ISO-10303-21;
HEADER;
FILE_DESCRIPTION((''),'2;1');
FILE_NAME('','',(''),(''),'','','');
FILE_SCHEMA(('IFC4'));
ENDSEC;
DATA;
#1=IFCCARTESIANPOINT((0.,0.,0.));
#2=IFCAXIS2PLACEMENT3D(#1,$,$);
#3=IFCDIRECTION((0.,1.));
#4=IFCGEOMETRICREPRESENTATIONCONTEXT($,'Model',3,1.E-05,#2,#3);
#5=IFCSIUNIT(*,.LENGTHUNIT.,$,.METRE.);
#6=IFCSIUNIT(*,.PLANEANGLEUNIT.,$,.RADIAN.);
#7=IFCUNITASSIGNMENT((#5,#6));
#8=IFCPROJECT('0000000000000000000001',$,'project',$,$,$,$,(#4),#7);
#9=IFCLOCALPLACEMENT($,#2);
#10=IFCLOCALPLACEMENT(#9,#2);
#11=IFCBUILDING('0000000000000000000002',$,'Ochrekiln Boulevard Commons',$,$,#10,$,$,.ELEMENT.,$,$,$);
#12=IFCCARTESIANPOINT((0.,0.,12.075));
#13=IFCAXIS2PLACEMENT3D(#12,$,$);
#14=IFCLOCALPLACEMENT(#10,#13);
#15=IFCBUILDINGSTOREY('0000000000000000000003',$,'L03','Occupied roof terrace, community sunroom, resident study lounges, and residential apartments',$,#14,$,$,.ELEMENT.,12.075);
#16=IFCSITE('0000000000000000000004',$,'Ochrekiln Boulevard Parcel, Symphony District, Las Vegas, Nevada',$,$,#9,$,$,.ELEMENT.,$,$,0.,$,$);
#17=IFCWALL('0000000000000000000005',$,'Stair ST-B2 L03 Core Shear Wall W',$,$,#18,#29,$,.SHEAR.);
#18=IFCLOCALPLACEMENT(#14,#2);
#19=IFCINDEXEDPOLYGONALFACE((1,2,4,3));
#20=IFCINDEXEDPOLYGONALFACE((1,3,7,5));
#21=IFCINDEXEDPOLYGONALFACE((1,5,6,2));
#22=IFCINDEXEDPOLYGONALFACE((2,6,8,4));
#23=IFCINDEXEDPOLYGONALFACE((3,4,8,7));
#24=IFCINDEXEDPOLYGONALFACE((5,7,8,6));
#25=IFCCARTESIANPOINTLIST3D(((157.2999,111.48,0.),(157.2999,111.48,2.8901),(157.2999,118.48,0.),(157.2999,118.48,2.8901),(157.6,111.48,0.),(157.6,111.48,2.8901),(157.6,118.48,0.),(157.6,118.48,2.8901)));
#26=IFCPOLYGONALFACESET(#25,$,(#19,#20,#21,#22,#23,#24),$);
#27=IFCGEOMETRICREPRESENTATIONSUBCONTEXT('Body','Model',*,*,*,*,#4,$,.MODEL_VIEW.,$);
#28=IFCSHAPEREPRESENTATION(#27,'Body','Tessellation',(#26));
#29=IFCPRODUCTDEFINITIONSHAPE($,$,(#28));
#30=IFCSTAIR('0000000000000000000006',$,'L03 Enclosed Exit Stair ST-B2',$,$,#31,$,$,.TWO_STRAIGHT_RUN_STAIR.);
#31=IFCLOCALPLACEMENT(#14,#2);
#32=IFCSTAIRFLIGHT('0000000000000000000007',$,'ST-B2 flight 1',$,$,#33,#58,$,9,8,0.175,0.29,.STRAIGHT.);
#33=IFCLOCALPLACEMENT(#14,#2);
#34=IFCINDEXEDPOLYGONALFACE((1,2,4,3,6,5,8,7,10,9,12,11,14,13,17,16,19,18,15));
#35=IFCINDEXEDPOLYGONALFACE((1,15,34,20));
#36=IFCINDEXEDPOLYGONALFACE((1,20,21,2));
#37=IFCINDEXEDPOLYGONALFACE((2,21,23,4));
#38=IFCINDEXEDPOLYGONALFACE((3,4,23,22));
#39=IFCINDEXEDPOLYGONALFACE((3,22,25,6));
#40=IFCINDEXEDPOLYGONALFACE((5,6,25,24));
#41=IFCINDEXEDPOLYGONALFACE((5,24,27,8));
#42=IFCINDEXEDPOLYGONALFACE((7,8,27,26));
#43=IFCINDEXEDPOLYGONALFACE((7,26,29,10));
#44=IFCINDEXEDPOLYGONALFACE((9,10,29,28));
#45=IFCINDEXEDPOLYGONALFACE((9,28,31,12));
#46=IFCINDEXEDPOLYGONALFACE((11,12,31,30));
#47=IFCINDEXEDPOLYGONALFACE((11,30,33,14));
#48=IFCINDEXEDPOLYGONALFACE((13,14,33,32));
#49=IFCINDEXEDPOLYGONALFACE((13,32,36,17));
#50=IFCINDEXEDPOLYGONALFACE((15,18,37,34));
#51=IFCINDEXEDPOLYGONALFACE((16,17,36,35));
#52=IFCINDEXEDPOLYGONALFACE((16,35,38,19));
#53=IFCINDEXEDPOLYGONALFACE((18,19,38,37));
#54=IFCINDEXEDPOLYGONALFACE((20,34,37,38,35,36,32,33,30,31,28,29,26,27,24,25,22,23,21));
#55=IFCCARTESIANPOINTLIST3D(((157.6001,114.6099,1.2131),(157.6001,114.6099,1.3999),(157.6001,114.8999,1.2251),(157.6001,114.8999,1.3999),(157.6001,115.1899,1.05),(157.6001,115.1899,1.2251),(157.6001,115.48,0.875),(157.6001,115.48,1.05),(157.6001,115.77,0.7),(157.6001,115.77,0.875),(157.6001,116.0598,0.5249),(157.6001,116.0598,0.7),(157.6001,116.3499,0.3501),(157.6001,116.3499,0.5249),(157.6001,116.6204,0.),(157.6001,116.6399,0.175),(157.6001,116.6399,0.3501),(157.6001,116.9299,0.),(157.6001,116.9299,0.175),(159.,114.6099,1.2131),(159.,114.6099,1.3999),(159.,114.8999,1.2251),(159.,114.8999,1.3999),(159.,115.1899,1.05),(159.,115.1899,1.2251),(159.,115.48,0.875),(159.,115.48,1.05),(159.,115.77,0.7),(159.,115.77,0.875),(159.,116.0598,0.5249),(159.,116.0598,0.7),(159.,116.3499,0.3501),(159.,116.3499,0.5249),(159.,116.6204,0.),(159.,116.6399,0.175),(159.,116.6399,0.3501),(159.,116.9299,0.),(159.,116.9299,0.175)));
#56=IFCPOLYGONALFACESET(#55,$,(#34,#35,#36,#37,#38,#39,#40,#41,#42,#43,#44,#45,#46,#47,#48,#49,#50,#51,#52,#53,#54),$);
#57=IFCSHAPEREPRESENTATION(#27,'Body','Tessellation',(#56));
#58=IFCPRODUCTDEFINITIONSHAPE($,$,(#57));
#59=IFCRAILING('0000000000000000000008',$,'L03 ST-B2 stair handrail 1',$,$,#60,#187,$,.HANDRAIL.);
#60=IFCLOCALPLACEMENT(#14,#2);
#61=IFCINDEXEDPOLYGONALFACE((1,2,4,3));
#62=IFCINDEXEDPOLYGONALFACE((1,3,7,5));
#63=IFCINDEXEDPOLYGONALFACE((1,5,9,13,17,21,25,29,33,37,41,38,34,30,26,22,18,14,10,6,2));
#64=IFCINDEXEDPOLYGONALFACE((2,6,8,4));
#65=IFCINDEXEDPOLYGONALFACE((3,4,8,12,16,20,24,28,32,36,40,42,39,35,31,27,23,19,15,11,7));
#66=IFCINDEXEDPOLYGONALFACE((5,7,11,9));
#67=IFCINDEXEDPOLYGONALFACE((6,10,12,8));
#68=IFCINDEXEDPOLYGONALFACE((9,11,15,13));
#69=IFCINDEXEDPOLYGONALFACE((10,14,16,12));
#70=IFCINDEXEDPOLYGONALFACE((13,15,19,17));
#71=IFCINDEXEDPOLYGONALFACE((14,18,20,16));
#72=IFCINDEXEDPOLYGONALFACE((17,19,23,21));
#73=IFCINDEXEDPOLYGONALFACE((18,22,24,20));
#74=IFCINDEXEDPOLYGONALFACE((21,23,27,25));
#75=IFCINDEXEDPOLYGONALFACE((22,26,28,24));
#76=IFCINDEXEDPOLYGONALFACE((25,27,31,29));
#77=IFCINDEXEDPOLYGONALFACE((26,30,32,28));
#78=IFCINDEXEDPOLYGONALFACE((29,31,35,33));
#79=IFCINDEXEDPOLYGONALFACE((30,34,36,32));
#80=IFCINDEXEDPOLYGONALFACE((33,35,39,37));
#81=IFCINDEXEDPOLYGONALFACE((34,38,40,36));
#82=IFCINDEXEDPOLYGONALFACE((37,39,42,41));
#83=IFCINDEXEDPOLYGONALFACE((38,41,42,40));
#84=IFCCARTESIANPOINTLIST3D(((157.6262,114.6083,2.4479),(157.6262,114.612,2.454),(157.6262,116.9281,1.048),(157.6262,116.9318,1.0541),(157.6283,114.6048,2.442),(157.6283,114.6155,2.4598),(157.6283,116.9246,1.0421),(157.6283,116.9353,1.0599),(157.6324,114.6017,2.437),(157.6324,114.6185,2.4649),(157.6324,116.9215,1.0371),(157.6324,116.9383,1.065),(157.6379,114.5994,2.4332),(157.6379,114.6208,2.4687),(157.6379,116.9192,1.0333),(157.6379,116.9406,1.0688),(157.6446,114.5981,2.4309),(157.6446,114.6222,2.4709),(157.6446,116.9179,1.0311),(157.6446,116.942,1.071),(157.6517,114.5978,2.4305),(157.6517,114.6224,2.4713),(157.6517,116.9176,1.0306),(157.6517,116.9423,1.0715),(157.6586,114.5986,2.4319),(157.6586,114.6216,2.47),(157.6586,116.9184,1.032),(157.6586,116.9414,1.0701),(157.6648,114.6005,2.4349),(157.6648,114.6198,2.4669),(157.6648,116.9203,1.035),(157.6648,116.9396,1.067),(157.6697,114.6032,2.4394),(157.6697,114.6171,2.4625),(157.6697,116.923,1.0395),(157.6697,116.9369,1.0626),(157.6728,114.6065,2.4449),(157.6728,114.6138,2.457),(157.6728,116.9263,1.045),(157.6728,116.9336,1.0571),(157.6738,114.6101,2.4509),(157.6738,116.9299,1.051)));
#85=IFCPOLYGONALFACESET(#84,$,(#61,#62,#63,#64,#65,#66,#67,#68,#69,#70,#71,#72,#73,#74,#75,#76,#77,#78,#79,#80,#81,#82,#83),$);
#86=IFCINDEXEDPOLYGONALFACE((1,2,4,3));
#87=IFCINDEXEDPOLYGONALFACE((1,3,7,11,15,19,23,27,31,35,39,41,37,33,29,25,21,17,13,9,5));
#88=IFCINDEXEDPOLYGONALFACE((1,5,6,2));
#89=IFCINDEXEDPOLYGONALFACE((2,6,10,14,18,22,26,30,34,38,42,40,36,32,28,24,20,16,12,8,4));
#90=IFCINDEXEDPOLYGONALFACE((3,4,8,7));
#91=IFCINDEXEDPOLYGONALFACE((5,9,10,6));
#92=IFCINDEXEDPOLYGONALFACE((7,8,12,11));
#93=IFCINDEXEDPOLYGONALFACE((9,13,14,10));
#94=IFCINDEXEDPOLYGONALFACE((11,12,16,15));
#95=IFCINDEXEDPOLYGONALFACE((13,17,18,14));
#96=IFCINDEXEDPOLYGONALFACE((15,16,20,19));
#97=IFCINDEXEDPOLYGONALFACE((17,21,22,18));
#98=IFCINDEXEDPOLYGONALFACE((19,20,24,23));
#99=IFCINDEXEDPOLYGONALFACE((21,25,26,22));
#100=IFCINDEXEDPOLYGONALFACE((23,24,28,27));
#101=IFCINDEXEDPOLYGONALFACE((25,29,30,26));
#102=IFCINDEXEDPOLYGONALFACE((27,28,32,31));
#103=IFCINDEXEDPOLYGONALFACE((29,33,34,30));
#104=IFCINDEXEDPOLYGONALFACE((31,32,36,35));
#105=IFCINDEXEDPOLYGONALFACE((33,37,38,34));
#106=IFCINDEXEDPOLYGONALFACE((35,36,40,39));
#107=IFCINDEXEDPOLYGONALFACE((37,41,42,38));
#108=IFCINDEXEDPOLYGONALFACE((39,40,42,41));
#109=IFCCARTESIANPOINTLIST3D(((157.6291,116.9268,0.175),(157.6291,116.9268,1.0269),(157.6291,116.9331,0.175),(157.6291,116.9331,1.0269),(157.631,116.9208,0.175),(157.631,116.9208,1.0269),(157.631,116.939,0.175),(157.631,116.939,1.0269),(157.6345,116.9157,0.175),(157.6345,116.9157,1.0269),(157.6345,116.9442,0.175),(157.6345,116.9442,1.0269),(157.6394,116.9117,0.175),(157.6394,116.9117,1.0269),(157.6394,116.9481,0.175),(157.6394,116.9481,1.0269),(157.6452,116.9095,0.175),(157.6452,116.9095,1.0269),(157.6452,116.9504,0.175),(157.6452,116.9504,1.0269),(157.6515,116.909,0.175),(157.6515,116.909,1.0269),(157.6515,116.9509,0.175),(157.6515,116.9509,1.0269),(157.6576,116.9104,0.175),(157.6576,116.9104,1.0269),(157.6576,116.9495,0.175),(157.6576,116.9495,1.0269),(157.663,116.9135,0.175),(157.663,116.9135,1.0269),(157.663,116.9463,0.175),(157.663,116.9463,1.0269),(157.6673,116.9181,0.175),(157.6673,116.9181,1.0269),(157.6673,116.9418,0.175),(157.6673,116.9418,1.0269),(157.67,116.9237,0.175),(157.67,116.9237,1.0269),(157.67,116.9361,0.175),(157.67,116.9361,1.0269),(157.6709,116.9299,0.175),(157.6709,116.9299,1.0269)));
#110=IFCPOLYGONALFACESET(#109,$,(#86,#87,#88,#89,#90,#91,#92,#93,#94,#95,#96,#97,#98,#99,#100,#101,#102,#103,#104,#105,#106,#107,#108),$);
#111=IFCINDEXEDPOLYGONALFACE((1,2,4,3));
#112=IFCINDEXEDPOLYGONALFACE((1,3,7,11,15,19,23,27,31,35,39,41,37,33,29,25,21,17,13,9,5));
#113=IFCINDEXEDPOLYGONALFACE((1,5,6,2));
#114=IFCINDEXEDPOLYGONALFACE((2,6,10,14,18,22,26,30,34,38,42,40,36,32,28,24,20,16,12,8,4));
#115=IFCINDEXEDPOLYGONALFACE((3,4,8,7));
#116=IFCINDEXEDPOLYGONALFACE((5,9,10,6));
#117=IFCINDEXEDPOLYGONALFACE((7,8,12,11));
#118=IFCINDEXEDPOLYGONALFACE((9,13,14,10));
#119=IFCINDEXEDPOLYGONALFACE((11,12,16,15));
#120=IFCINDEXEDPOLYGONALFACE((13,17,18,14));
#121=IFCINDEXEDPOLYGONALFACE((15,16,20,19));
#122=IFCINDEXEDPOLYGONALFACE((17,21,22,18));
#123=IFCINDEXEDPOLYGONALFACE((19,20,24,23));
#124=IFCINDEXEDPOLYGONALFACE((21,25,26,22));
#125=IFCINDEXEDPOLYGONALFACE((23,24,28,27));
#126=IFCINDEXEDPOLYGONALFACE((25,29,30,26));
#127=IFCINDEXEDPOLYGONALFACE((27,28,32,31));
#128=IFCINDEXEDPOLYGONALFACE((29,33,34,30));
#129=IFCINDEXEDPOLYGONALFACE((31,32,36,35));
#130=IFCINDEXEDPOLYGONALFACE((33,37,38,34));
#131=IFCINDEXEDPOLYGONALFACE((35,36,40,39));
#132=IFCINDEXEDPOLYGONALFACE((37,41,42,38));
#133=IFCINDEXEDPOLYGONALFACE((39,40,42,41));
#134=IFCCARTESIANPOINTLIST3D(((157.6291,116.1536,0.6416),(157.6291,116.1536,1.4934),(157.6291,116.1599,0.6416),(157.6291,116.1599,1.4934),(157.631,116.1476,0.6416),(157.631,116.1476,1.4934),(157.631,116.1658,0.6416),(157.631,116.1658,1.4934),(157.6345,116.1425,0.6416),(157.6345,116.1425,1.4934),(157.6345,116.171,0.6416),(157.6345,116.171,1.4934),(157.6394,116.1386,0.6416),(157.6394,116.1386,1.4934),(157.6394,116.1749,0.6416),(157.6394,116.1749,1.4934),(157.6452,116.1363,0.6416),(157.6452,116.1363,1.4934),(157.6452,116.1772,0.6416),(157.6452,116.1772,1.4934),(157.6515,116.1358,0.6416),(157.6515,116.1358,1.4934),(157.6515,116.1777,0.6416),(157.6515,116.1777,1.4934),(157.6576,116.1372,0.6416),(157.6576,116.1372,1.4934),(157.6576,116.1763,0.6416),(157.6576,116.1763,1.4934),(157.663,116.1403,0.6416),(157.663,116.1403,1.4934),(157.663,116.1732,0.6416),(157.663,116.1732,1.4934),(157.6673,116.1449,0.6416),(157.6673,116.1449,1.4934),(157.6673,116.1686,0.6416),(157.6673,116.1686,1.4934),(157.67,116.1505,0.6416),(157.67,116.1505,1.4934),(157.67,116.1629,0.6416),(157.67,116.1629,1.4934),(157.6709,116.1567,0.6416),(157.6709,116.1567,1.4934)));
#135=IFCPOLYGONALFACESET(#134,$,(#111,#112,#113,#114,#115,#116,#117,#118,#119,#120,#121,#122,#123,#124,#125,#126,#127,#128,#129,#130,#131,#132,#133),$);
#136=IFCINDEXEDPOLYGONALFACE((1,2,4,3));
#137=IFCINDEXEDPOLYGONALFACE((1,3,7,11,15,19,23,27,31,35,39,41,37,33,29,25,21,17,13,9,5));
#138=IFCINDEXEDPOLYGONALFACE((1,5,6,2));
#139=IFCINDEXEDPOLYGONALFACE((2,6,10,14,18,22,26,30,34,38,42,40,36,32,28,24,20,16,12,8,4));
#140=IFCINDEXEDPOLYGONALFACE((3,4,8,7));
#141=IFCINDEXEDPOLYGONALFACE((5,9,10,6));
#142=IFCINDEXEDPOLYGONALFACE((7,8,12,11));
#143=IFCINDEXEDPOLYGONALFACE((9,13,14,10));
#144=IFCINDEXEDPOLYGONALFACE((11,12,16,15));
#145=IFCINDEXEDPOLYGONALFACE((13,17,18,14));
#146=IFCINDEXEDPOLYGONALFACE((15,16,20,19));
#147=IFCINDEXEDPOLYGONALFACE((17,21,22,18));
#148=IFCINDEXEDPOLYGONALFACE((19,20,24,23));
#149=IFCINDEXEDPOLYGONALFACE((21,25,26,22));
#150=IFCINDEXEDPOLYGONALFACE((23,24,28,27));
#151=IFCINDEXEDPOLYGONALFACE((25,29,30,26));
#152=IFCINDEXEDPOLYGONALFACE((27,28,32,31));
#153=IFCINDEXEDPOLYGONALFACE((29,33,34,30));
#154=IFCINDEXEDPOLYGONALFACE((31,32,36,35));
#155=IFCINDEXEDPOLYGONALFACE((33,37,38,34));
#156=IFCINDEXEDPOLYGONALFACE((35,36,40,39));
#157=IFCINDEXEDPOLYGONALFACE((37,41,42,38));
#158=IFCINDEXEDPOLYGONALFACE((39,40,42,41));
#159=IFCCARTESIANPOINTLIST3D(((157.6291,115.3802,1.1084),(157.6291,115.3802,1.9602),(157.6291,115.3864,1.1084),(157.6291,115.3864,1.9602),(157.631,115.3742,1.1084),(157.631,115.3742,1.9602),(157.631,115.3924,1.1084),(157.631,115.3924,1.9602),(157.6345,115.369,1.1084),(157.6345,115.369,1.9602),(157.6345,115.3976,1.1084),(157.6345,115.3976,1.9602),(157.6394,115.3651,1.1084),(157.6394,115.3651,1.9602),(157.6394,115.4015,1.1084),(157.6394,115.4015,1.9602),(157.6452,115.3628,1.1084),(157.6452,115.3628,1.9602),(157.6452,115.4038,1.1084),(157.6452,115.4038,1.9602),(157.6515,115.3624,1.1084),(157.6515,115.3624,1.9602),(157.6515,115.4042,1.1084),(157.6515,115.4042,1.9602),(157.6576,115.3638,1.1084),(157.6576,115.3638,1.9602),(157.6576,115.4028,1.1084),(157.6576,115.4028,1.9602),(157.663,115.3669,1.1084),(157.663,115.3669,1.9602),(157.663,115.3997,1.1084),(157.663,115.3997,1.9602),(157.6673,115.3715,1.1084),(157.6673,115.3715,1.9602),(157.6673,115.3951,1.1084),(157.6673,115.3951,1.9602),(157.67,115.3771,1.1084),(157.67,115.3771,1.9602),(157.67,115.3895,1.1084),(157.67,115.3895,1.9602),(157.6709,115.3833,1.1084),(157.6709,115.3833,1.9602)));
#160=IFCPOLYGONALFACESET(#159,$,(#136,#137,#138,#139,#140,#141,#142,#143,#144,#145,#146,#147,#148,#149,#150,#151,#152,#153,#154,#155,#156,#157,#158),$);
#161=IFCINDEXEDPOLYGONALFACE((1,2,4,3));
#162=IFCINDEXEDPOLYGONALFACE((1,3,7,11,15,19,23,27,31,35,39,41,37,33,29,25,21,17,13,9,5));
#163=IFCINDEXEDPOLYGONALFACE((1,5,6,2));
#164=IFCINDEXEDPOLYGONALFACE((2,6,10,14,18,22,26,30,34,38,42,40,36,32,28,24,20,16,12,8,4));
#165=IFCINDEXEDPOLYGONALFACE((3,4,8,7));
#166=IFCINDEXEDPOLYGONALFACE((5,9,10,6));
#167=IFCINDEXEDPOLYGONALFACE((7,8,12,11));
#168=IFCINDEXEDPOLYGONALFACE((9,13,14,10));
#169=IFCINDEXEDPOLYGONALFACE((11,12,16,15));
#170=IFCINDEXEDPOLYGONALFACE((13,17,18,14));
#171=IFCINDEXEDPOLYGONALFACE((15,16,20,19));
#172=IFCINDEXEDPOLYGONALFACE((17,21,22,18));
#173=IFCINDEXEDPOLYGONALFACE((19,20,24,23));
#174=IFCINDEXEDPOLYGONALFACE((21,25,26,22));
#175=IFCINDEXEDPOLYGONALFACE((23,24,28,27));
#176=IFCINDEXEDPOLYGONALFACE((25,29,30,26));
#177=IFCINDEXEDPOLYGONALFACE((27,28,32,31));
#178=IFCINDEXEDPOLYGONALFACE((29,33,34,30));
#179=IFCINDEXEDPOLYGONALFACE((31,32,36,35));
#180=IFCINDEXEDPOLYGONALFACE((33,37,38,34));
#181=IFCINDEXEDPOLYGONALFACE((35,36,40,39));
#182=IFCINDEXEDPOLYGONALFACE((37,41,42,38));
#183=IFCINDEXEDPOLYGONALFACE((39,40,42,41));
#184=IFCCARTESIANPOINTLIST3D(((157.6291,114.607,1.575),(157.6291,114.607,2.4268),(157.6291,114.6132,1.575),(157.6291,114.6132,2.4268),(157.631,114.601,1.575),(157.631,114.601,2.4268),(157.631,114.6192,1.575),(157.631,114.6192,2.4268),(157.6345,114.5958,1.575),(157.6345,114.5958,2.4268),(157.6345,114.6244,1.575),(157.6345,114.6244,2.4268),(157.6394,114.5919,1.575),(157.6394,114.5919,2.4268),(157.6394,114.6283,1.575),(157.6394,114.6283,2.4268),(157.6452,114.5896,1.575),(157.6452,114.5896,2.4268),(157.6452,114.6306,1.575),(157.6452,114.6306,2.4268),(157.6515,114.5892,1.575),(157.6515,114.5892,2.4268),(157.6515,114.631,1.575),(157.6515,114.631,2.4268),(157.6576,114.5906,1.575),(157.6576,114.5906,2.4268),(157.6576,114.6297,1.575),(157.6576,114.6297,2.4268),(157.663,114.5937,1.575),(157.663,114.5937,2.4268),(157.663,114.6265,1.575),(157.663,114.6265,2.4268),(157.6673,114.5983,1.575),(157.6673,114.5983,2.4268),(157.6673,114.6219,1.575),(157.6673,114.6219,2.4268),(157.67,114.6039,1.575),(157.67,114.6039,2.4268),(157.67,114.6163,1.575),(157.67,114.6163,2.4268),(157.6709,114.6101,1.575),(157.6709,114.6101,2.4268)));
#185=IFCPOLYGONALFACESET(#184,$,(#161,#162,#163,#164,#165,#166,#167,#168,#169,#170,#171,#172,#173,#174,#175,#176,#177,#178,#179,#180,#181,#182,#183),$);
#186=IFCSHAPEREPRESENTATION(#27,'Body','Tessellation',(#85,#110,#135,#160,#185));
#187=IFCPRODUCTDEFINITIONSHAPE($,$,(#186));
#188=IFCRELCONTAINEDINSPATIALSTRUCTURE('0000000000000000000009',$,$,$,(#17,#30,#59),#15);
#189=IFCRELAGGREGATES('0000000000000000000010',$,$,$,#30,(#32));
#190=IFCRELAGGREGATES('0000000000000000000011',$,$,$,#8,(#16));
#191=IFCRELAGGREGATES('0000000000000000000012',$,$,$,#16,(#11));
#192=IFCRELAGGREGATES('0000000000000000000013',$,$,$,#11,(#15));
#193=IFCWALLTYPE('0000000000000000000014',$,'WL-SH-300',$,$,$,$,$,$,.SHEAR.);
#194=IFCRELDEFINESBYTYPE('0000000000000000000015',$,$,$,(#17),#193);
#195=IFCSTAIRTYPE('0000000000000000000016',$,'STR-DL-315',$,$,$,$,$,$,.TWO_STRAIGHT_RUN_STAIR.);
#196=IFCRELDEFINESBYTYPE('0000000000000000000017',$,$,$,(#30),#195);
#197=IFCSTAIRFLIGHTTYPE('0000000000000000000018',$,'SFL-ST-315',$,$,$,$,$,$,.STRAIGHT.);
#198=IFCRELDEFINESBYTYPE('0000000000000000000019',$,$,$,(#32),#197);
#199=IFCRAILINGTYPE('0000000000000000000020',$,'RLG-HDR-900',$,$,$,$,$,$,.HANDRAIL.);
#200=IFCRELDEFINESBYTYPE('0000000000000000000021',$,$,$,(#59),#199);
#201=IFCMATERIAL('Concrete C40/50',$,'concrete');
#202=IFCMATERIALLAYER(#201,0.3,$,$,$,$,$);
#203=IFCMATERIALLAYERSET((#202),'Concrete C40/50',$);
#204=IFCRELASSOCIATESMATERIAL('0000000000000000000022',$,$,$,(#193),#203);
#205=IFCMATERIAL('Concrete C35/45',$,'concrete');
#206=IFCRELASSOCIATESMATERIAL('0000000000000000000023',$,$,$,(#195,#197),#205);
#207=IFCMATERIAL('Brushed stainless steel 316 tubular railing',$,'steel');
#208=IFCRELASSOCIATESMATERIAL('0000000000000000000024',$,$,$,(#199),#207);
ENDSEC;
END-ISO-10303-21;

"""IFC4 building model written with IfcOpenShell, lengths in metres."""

from ifc_helpers import new_model, si_unit, direction, frame, frame_2d, origin, origin_2d, place, context, subcontext, project, spatial, polyline, rectangle, circle, outline, extrude, material, layer, layer_set, type_object, element, aggregate, save


model = new_model("IFC4")

# Units and contexts
model_context = context("Model", 3, precision=1e-05, world=origin(), true_north=direction((0.0, 1.0)))
body_context = subcontext(model_context, "Body", "Model", "MODEL_VIEW")
ifc_project = project(units=[si_unit("LENGTHUNIT", "METRE"), si_unit("PLANEANGLEUNIT", "RADIAN")], contexts=[model_context])

# Site, building, storey
site_placement = place(None, origin())
site = spatial("IfcSite", under=ifc_project, at=site_placement, Name="Ochrekiln Boulevard Parcel, Symphony District, Las Vegas, Nevada", CompositionType="ELEMENT", RefElevation=0.0)
building_placement = place(site_placement, origin())
building = spatial("IfcBuilding", under=site, at=building_placement, Name="Ochrekiln Boulevard Commons", CompositionType="ELEMENT")
storey_placement = place(building_placement, frame((0.0, 0.0, 12.075)))
storey = spatial("IfcBuildingStorey", under=building, at=storey_placement, Name="L03", Description="Occupied roof terrace, community sunroom, resident study lounges, and residential apartments", CompositionType="ELEMENT", Elevation=12.075)

# Shared definitions
ifc_material_1 = material(Name="Concrete C40/50", Category="concrete")

# Shared definitions
ifc_material_2 = material(Name="Concrete C35/45", Category="concrete")

# Wall
ifc_layer_1 = layer(ifc_material_1, 0.3)
ifc_layer_set_1 = layer_set([ifc_layer_1], Name="Concrete C40/50")
wall_type_1 = type_object("IfcWallType", Name="WL-SH-300", PredefinedType="SHEAR", material=ifc_layer_set_1)
wall_1_placement = place(storey_placement, frame((157.45, 111.48, 0.0), z_axis=(0.0, 0.0, 1.0), x_axis=(0.0, 1.0, 0.0)))
element("IfcWall", 1, at=wall_1_placement, inside=storey, type_object=wall_type_1, Name="Stair ST-B2 L03 Core Shear Wall W", PredefinedType="SHEAR", context=body_context, shape_type="SweptSolid", body=[
    extrude(rectangle(XDim=7.0, YDim=0.3, at=frame_2d((3.5, 0.0))), origin(), (0.0, 0.0, 1.0), 2.8901),
])

# Stair, stair flight
stair_type = type_object("IfcStairType", Name="STR-DL-315", PredefinedType="TWO_STRAIGHT_RUN_STAIR", material=ifc_material_2)
stair_placement = place(storey_placement, origin())
stair = element("IfcStair", 2, at=stair_placement, inside=storey, type_object=stair_type, Name="L03 Enclosed Exit Stair ST-B2", PredefinedType="TWO_STRAIGHT_RUN_STAIR")
stair_flight_type = type_object("IfcStairFlightType", Name="SFL-ST-315", PredefinedType="STRAIGHT", material=ifc_material_2)
stair_flight_placement = place(storey_placement, frame((158.3, 116.9299, 0.0), z_axis=(0.0, 0.0, 1.0), x_axis=(0.0, -1.0, 0.0)))
stair_flight = element("IfcStairFlight", 3, at=stair_flight_placement, type_object=stair_flight_type, Name="ST-B2 flight 1", NumberOfRisers=9, NumberOfTreads=8, PredefinedType="STRAIGHT", RiserHeight=0.175, TreadLength=0.29, context=body_context, shape_type="SweptSolid", body=[
    extrude(outline(polyline([(0.0, 0.0), (0.0, 0.175), (0.29, 0.175), (0.29, 0.3501), (0.5801, 0.3501), (0.5801, 0.5249), (0.8701, 0.5249), (0.8701, 0.7), (1.1599, 0.7), (1.1599, 0.875), (1.45, 0.875), (1.45, 1.05), (1.74, 1.05), (1.74, 1.2251), (2.03, 1.2251), (2.03, 1.3999), (2.3201, 1.3999), (2.3201, 1.575), (2.3201, 1.2131), (0.3096, 0.0), (0.0, 0.0)])), frame((0.0, 0.7, 0.0), z_axis=(0.0, -1.0, 0.0), x_axis=(1.0, 0.0, 0.0)), (0.0, 0.0, 1.0), 1.3999),
])
aggregate(stair, [stair_flight])

# Railing
ifc_material_3 = material(Name="Brushed stainless steel 316 tubular railing", Category="steel")
railing_type_1 = type_object("IfcRailingType", Name="RLG-HDR-900", PredefinedType="HANDRAIL", material=ifc_material_3)
railing_1_placement = place(storey_placement, frame((157.6499, 116.9299, 0.175)))
element("IfcRailing", 4, at=railing_1_placement, inside=storey, type_object=railing_type_1, Name="L03 ST-B2 stair handrail 1", PredefinedType="HANDRAIL", context=body_context, shape_type="SweptSolid", body=[
    extrude(circle(Radius=0.0239, at=origin_2d()), frame((0.0, 0.0, 0.876), z_axis=(0.0, -0.856186, 0.516667), x_axis=(1.0, 0.0, 0.0)), (0.0, 0.0, 1.0), 2.7095),
    extrude(circle(Radius=0.021, at=origin_2d()), origin(), (0.0, 0.0, 1.0), 0.8518),
    extrude(circle(Radius=0.021, at=origin_2d()), frame((0.0, -0.7732, 0.4666)), (0.0, 0.0, 1.0), 0.8518),
    extrude(circle(Radius=0.021, at=origin_2d()), frame((0.0, -1.5466, 0.9333)), (0.0, 0.0, 1.0), 0.8518),
    extrude(circle(Radius=0.021, at=origin_2d()), frame((0.0, -2.3198, 1.3999)), (0.0, 0.0, 1.0), 0.8518),
])

save(model, "model.ifc")
